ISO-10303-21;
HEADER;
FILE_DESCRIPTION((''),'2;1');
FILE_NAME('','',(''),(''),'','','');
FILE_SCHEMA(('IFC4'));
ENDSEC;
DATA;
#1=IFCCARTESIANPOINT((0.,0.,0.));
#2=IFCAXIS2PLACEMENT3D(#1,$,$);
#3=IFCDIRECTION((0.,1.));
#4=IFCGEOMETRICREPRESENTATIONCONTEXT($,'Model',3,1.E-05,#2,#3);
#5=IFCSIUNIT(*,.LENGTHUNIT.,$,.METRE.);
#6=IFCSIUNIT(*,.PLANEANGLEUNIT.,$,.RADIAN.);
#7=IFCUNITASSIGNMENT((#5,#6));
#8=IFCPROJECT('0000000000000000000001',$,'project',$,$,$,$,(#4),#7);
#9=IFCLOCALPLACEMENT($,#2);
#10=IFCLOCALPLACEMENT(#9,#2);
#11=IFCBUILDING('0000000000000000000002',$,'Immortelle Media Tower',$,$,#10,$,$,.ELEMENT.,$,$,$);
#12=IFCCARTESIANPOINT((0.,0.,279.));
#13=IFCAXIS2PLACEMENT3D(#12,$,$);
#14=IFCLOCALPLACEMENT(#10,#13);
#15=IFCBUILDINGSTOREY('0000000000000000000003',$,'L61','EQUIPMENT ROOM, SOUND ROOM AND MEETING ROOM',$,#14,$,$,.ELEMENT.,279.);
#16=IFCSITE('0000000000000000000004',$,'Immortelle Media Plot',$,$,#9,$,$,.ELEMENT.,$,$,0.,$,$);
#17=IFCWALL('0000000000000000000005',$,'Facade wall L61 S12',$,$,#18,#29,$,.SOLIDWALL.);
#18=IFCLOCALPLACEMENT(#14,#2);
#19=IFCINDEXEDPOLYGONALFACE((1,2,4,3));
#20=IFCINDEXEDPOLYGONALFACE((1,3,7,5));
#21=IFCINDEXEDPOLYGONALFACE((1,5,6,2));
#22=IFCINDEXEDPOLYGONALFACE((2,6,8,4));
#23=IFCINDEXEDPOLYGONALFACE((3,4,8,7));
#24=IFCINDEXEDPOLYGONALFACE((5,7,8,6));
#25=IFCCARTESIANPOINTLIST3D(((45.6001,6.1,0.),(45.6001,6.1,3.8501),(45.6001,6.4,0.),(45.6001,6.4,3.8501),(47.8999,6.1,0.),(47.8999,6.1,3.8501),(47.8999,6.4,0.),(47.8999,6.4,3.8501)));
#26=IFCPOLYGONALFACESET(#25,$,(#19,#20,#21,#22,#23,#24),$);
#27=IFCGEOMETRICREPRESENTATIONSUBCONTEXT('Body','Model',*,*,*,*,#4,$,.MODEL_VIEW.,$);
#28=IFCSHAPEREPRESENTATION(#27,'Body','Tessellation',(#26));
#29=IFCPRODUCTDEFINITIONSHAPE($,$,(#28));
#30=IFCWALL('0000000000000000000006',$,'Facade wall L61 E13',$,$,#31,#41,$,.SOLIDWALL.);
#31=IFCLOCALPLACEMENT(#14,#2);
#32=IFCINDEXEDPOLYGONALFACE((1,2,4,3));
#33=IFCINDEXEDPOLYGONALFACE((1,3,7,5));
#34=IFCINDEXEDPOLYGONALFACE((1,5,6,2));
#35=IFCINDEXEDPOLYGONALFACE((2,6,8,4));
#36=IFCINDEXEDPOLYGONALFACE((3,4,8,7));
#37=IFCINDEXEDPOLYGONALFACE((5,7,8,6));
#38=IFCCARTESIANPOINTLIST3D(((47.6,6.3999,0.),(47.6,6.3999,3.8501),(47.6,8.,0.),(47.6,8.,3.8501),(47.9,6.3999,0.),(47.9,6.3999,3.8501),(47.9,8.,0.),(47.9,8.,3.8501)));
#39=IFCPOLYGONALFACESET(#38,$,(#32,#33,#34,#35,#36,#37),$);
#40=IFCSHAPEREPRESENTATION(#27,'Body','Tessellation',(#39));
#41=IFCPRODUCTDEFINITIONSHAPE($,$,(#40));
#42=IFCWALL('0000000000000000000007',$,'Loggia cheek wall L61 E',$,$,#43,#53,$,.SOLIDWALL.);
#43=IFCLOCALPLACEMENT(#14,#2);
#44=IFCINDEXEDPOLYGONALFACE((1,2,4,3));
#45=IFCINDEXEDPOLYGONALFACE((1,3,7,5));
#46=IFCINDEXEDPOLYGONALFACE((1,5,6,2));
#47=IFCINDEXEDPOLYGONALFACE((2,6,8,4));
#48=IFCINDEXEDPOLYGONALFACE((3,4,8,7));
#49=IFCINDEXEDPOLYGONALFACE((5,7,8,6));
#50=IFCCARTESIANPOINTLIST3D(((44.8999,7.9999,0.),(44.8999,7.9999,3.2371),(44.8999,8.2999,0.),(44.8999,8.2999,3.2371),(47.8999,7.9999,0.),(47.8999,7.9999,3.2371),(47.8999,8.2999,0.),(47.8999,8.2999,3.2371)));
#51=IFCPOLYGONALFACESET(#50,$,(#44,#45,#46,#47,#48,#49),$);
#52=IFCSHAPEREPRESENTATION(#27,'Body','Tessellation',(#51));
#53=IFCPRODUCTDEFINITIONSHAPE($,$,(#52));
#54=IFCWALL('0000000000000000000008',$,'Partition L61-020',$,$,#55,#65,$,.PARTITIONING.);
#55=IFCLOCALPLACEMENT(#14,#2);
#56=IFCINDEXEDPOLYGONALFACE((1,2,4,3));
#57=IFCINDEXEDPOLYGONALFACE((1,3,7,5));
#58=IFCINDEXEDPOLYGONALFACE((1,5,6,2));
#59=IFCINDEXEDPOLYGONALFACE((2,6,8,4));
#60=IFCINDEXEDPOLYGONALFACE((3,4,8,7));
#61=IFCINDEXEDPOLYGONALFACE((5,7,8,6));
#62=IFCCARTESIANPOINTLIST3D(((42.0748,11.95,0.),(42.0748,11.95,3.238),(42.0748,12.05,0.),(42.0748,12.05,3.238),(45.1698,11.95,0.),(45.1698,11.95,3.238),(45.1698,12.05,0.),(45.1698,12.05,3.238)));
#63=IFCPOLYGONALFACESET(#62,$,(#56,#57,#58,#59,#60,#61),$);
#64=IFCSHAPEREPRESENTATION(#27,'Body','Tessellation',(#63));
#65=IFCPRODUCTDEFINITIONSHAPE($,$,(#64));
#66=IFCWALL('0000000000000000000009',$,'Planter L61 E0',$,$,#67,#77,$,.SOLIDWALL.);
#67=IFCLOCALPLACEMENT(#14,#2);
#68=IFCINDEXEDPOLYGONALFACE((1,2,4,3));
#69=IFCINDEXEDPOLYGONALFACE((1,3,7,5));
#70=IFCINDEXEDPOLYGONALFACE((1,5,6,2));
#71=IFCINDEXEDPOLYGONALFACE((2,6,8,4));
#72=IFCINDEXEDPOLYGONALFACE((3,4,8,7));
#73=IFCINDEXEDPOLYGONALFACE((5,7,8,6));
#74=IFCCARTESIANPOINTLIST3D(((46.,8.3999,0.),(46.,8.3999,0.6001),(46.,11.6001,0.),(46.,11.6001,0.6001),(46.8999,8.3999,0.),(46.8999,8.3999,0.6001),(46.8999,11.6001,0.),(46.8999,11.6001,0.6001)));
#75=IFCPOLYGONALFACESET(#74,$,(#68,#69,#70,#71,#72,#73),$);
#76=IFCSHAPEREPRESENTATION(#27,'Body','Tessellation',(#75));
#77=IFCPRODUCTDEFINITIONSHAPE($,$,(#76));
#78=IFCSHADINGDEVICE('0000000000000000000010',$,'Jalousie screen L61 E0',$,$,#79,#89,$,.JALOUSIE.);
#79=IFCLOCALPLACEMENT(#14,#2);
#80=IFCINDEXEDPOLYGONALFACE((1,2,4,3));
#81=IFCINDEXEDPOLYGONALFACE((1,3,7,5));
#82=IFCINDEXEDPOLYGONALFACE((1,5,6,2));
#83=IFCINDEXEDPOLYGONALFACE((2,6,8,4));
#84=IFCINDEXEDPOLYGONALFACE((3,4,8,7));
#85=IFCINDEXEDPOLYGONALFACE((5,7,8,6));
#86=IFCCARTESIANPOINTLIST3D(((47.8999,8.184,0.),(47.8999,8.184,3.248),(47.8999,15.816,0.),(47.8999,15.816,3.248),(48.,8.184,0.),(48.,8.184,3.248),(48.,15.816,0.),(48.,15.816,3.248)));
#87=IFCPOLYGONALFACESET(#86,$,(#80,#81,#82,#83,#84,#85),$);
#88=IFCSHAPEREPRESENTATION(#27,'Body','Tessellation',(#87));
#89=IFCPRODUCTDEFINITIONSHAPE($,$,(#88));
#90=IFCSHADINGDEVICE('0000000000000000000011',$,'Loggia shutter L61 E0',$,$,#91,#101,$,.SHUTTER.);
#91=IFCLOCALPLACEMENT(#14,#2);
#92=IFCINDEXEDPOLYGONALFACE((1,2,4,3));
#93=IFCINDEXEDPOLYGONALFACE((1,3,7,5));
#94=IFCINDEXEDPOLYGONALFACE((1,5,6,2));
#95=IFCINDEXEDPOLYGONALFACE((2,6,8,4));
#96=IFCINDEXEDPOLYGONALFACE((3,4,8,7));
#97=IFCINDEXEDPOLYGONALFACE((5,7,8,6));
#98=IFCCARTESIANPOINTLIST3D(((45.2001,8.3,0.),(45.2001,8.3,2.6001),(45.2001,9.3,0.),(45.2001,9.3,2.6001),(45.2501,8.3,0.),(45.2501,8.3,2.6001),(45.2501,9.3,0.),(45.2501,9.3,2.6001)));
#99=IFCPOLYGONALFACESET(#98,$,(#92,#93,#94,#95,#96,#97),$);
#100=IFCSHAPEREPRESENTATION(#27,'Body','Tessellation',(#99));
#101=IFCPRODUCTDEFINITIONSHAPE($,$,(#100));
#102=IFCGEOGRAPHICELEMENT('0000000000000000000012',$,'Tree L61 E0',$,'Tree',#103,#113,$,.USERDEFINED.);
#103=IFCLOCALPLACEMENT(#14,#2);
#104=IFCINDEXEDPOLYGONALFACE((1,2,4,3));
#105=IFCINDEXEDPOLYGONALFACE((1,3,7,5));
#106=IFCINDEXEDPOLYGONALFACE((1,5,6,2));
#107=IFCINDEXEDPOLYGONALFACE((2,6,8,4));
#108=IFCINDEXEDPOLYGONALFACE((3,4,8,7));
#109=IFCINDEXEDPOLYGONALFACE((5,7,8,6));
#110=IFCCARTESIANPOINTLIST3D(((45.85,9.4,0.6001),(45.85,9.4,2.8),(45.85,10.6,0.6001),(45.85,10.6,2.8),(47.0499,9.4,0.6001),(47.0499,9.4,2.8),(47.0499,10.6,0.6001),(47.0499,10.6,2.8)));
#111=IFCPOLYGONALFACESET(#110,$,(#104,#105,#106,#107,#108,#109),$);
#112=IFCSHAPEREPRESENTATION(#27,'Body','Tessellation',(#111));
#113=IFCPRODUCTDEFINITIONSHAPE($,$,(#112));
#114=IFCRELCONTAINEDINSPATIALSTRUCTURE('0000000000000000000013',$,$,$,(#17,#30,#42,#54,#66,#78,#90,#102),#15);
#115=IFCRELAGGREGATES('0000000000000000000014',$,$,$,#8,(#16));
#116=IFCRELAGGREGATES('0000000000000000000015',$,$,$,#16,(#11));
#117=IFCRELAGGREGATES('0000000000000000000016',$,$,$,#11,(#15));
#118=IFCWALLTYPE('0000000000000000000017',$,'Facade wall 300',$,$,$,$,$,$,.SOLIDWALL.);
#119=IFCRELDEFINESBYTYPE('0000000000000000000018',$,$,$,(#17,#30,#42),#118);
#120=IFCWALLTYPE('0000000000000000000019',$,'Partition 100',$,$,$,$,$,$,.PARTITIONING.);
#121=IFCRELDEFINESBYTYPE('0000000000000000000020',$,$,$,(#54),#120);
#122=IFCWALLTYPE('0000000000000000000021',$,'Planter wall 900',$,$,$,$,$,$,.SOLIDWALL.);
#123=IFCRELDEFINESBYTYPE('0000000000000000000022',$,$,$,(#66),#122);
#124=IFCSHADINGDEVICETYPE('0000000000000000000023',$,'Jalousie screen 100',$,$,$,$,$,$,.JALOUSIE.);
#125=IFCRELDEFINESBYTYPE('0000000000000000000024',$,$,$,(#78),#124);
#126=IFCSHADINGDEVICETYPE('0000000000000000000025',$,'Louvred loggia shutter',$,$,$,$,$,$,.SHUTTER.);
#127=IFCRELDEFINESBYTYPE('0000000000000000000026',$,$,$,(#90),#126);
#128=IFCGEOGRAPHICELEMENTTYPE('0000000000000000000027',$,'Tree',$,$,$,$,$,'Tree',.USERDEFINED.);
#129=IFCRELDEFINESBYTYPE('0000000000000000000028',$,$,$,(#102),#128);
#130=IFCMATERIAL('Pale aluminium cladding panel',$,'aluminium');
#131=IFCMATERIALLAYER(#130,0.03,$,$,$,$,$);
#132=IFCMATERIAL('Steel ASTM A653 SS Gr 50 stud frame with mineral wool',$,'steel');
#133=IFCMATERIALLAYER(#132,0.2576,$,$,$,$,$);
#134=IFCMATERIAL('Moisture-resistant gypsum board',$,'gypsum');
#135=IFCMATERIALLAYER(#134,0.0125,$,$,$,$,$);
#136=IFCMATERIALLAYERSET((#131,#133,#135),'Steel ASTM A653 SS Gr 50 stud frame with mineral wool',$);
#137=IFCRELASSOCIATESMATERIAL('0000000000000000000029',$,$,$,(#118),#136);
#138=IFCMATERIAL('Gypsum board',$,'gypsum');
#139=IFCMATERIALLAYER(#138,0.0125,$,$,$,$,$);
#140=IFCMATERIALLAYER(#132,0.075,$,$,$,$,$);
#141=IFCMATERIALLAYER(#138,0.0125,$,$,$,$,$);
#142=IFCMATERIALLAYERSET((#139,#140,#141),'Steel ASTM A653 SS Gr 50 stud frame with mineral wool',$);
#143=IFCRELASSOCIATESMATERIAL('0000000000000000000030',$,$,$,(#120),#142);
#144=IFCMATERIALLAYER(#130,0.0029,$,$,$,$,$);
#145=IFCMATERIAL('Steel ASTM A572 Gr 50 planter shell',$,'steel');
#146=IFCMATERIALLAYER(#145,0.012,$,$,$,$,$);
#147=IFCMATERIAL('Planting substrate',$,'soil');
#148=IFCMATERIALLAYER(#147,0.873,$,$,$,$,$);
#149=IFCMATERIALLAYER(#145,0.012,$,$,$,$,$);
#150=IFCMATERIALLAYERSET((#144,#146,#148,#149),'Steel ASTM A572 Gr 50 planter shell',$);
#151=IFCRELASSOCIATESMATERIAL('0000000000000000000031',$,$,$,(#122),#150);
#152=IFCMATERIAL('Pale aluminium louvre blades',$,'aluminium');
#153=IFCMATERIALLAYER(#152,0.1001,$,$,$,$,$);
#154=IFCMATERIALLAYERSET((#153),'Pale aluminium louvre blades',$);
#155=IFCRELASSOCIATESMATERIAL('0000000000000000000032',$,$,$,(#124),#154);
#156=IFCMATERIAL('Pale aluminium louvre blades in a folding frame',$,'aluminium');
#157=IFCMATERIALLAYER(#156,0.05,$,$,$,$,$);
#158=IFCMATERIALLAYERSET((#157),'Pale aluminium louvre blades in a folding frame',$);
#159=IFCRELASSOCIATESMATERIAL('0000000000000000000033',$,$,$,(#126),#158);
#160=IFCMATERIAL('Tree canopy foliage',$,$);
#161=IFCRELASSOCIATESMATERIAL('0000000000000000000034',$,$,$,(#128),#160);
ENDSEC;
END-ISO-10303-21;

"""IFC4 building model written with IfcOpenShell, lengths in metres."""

from ifc_helpers import new_model, si_unit, direction, frame, frame_2d, origin, origin_2d, place, context, subcontext, project, spatial, rectangle, extrude, material, layer, layer_set, type_object, element, save


model = new_model("IFC4")

# Units and contexts
model_context = context("Model", 3, precision=1e-05, world=origin(), true_north=direction((0.0, 1.0)))
body_context = subcontext(model_context, "Body", "Model", "MODEL_VIEW")
ifc_project = project(units=[si_unit("LENGTHUNIT", "METRE"), si_unit("PLANEANGLEUNIT", "RADIAN")], contexts=[model_context])

# Site, building, storey
site_placement = place(None, origin())
site = spatial("IfcSite", under=ifc_project, at=site_placement, Name="Immortelle Media Plot", CompositionType="ELEMENT", RefElevation=0.0)
building_placement = place(site_placement, origin())
building = spatial("IfcBuilding", under=site, at=building_placement, Name="Immortelle Media Tower", CompositionType="ELEMENT")
storey_placement = place(building_placement, frame((0.0, 0.0, 279.0)))
storey = spatial("IfcBuildingStorey", under=building, at=storey_placement, Name="L61", Description="EQUIPMENT ROOM, SOUND ROOM AND MEETING ROOM", CompositionType="ELEMENT", Elevation=279.0)

# Walls
ifc_material_1 = material(Name="Pale aluminium cladding panel", Category="aluminium")
ifc_layer_1 = layer(ifc_material_1, 0.03)
ifc_material_2 = material(Name="Steel ASTM A653 SS Gr 50 stud frame with mineral wool", Category="steel")
ifc_layer_2 = layer(ifc_material_2, 0.2576)
ifc_material_3 = material(Name="Moisture-resistant gypsum board", Category="gypsum")
ifc_layer_3 = layer(ifc_material_3, 0.0125)
ifc_layer_set_1 = layer_set([ifc_layer_1, ifc_layer_2, ifc_layer_3], Name="Steel ASTM A653 SS Gr 50 stud frame with mineral wool")
wall_type_1 = type_object("IfcWallType", Name="Facade wall 300", PredefinedType="SOLIDWALL", material=ifc_layer_set_1)
wall_1_placement = place(storey_placement, frame((45.6001, 6.25, 0.0), z_axis=(0.0, 0.0, 1.0), x_axis=(1.0, 0.0, 0.0)))
element("IfcWall", 1, at=wall_1_placement, inside=storey, type_object=wall_type_1, Name="Facade wall L61 S12", PredefinedType="SOLIDWALL", context=body_context, shape_type="SweptSolid", body=[
    extrude(rectangle(XDim=2.2998, YDim=0.3, at=frame_2d((1.1499, 0.0))), origin(), (0.0, 0.0, 1.0), 3.8501),
])
wall_2_placement = place(storey_placement, frame((47.75, 6.3999, 0.0), z_axis=(0.0, 0.0, 1.0), x_axis=(0.0, 1.0, 0.0)))
element("IfcWall", 2, at=wall_2_placement, inside=storey, type_object=wall_type_1, Name="Facade wall L61 E13", PredefinedType="SOLIDWALL", context=body_context, shape_type="SweptSolid", body=[
    extrude(rectangle(XDim=1.6001, YDim=0.3, at=frame_2d((0.8, 0.0))), origin(), (0.0, 0.0, 1.0), 3.8501),
])

# Walls
wall_3_placement = place(storey_placement, frame((47.8999, 8.1499, 0.0), z_axis=(0.0, 0.0, 1.0), x_axis=(-1.0, 0.0, 0.0)))
element("IfcWall", 3, at=wall_3_placement, inside=storey, type_object=wall_type_1, Name="Loggia cheek wall L61 E", PredefinedType="SOLIDWALL", context=body_context, shape_type="SweptSolid", body=[
    extrude(rectangle(XDim=3.0, YDim=0.3, at=frame_2d((1.5, 0.0))), origin(), (0.0, 0.0, 1.0), 3.2371),
])
ifc_material_4 = material(Name="Gypsum board", Category="gypsum")
ifc_layer_4 = layer(ifc_material_4, 0.0125)
ifc_layer_5 = layer(ifc_material_2, 0.075)
ifc_layer_6 = layer(ifc_material_4, 0.0125)
ifc_layer_set_2 = layer_set([ifc_layer_4, ifc_layer_5, ifc_layer_6], Name="Steel ASTM A653 SS Gr 50 stud frame with mineral wool")
wall_type_2 = type_object("IfcWallType", Name="Partition 100", PredefinedType="PARTITIONING", material=ifc_layer_set_2)
wall_4_placement = place(storey_placement, frame((42.075, 12.0, 0.0), z_axis=(0.0, 0.0, 1.0), x_axis=(1.0, 0.0, 0.0)))
element("IfcWall", 4, at=wall_4_placement, inside=storey, type_object=wall_type_2, Name="Partition L61-020", PredefinedType="PARTITIONING", context=body_context, shape_type="SweptSolid", body=[
    extrude(rectangle(XDim=3.095, YDim=0.1001, at=frame_2d((1.5474, 0.0))), origin(), (0.0, 0.0, 1.0), 3.238),
])
ifc_layer_7 = layer(ifc_material_1, 0.0029)
ifc_material_5 = material(Name="Steel ASTM A572 Gr 50 planter shell", Category="steel")
ifc_layer_8 = layer(ifc_material_5, 0.012)
ifc_material_6 = material(Name="Planting substrate", Category="soil")
ifc_layer_9 = layer(ifc_material_6, 0.873)
ifc_layer_10 = layer(ifc_material_5, 0.012)
ifc_layer_set_3 = layer_set([ifc_layer_7, ifc_layer_8, ifc_layer_9, ifc_layer_10], Name="Steel ASTM A572 Gr 50 planter shell")
wall_type_3 = type_object("IfcWallType", Name="Planter wall 900", PredefinedType="SOLIDWALL", material=ifc_layer_set_3)
wall_5_placement = place(storey_placement, frame((46.45, 8.3999, 0.0), z_axis=(0.0, 0.0, 1.0), x_axis=(0.0, 1.0, 0.0)))
element("IfcWall", 5, at=wall_5_placement, inside=storey, type_object=wall_type_3, Name="Planter L61 E0", PredefinedType="SOLIDWALL", context=body_context, shape_type="SweptSolid", body=[
    extrude(rectangle(XDim=3.2002, YDim=0.8999, at=frame_2d((1.6001, 0.0))), origin(), (0.0, 0.0, 1.0), 0.6001),
])

# Shading devices
ifc_material_7 = material(Name="Pale aluminium louvre blades", Category="aluminium")
ifc_layer_11 = layer(ifc_material_7, 0.1001)
ifc_layer_set_4 = layer_set([ifc_layer_11], Name="Pale aluminium louvre blades")
shading_device_type_1 = type_object("IfcShadingDeviceType", Name="Jalousie screen 100", PredefinedType="JALOUSIE", material=ifc_layer_set_4)
shading_device_1_placement = place(storey_placement, frame((47.95, 12.0, 0.0), z_axis=(0.0, 0.0, 1.0), x_axis=(0.0, 1.0, 0.0)))
element("IfcShadingDevice", 6, at=shading_device_1_placement, inside=storey, type_object=shading_device_type_1, Name="Jalousie screen L61 E0", PredefinedType="JALOUSIE", context=body_context, shape_type="SweptSolid", body=[
    extrude(rectangle(XDim=7.6321, YDim=0.1001, at=origin_2d()), origin(), (0.0, 0.0, 1.0), 3.248),
])
ifc_material_8 = material(Name="Pale aluminium louvre blades in a folding frame", Category="aluminium")
ifc_layer_12 = layer(ifc_material_8, 0.05)
ifc_layer_set_5 = layer_set([ifc_layer_12], Name="Pale aluminium louvre blades in a folding frame")
shading_device_type_2 = type_object("IfcShadingDeviceType", Name="Louvred loggia shutter", PredefinedType="SHUTTER", material=ifc_layer_set_5)
shading_device_2_placement = place(storey_placement, frame((45.2251, 8.8, 0.0), z_axis=(0.0, 0.0, 1.0), x_axis=(0.0, 1.0, 0.0)))
element("IfcShadingDevice", 7, at=shading_device_2_placement, inside=storey, type_object=shading_device_type_2, Name="Loggia shutter L61 E0", PredefinedType="SHUTTER", context=body_context, shape_type="SweptSolid", body=[
    extrude(rectangle(XDim=1.0, YDim=0.05, at=origin_2d()), origin(), (0.0, 0.0, 1.0), 2.6001),
])

# Geographic element
ifc_material_9 = material(Name="Tree canopy foliage")
geographic_element_type = type_object("IfcGeographicElementType", Name="Tree", ElementType="Tree", PredefinedType="USERDEFINED", material=ifc_material_9)
geographic_element_placement = place(storey_placement, frame((46.45, 10.0, 0.6001), z_axis=(0.0, 0.0, 1.0), x_axis=(1.0, 0.0, 0.0)))
element("IfcGeographicElement", 8, at=geographic_element_placement, inside=storey, type_object=geographic_element_type, Name="Tree L61 E0", ObjectType="Tree", PredefinedType="USERDEFINED", context=body_context, shape_type="SweptSolid", body=[
    extrude(rectangle(XDim=1.2, YDim=1.2, at=origin_2d()), origin(), (0.0, 0.0, 1.0), 2.2),
])

save(model, "model.ifc")
